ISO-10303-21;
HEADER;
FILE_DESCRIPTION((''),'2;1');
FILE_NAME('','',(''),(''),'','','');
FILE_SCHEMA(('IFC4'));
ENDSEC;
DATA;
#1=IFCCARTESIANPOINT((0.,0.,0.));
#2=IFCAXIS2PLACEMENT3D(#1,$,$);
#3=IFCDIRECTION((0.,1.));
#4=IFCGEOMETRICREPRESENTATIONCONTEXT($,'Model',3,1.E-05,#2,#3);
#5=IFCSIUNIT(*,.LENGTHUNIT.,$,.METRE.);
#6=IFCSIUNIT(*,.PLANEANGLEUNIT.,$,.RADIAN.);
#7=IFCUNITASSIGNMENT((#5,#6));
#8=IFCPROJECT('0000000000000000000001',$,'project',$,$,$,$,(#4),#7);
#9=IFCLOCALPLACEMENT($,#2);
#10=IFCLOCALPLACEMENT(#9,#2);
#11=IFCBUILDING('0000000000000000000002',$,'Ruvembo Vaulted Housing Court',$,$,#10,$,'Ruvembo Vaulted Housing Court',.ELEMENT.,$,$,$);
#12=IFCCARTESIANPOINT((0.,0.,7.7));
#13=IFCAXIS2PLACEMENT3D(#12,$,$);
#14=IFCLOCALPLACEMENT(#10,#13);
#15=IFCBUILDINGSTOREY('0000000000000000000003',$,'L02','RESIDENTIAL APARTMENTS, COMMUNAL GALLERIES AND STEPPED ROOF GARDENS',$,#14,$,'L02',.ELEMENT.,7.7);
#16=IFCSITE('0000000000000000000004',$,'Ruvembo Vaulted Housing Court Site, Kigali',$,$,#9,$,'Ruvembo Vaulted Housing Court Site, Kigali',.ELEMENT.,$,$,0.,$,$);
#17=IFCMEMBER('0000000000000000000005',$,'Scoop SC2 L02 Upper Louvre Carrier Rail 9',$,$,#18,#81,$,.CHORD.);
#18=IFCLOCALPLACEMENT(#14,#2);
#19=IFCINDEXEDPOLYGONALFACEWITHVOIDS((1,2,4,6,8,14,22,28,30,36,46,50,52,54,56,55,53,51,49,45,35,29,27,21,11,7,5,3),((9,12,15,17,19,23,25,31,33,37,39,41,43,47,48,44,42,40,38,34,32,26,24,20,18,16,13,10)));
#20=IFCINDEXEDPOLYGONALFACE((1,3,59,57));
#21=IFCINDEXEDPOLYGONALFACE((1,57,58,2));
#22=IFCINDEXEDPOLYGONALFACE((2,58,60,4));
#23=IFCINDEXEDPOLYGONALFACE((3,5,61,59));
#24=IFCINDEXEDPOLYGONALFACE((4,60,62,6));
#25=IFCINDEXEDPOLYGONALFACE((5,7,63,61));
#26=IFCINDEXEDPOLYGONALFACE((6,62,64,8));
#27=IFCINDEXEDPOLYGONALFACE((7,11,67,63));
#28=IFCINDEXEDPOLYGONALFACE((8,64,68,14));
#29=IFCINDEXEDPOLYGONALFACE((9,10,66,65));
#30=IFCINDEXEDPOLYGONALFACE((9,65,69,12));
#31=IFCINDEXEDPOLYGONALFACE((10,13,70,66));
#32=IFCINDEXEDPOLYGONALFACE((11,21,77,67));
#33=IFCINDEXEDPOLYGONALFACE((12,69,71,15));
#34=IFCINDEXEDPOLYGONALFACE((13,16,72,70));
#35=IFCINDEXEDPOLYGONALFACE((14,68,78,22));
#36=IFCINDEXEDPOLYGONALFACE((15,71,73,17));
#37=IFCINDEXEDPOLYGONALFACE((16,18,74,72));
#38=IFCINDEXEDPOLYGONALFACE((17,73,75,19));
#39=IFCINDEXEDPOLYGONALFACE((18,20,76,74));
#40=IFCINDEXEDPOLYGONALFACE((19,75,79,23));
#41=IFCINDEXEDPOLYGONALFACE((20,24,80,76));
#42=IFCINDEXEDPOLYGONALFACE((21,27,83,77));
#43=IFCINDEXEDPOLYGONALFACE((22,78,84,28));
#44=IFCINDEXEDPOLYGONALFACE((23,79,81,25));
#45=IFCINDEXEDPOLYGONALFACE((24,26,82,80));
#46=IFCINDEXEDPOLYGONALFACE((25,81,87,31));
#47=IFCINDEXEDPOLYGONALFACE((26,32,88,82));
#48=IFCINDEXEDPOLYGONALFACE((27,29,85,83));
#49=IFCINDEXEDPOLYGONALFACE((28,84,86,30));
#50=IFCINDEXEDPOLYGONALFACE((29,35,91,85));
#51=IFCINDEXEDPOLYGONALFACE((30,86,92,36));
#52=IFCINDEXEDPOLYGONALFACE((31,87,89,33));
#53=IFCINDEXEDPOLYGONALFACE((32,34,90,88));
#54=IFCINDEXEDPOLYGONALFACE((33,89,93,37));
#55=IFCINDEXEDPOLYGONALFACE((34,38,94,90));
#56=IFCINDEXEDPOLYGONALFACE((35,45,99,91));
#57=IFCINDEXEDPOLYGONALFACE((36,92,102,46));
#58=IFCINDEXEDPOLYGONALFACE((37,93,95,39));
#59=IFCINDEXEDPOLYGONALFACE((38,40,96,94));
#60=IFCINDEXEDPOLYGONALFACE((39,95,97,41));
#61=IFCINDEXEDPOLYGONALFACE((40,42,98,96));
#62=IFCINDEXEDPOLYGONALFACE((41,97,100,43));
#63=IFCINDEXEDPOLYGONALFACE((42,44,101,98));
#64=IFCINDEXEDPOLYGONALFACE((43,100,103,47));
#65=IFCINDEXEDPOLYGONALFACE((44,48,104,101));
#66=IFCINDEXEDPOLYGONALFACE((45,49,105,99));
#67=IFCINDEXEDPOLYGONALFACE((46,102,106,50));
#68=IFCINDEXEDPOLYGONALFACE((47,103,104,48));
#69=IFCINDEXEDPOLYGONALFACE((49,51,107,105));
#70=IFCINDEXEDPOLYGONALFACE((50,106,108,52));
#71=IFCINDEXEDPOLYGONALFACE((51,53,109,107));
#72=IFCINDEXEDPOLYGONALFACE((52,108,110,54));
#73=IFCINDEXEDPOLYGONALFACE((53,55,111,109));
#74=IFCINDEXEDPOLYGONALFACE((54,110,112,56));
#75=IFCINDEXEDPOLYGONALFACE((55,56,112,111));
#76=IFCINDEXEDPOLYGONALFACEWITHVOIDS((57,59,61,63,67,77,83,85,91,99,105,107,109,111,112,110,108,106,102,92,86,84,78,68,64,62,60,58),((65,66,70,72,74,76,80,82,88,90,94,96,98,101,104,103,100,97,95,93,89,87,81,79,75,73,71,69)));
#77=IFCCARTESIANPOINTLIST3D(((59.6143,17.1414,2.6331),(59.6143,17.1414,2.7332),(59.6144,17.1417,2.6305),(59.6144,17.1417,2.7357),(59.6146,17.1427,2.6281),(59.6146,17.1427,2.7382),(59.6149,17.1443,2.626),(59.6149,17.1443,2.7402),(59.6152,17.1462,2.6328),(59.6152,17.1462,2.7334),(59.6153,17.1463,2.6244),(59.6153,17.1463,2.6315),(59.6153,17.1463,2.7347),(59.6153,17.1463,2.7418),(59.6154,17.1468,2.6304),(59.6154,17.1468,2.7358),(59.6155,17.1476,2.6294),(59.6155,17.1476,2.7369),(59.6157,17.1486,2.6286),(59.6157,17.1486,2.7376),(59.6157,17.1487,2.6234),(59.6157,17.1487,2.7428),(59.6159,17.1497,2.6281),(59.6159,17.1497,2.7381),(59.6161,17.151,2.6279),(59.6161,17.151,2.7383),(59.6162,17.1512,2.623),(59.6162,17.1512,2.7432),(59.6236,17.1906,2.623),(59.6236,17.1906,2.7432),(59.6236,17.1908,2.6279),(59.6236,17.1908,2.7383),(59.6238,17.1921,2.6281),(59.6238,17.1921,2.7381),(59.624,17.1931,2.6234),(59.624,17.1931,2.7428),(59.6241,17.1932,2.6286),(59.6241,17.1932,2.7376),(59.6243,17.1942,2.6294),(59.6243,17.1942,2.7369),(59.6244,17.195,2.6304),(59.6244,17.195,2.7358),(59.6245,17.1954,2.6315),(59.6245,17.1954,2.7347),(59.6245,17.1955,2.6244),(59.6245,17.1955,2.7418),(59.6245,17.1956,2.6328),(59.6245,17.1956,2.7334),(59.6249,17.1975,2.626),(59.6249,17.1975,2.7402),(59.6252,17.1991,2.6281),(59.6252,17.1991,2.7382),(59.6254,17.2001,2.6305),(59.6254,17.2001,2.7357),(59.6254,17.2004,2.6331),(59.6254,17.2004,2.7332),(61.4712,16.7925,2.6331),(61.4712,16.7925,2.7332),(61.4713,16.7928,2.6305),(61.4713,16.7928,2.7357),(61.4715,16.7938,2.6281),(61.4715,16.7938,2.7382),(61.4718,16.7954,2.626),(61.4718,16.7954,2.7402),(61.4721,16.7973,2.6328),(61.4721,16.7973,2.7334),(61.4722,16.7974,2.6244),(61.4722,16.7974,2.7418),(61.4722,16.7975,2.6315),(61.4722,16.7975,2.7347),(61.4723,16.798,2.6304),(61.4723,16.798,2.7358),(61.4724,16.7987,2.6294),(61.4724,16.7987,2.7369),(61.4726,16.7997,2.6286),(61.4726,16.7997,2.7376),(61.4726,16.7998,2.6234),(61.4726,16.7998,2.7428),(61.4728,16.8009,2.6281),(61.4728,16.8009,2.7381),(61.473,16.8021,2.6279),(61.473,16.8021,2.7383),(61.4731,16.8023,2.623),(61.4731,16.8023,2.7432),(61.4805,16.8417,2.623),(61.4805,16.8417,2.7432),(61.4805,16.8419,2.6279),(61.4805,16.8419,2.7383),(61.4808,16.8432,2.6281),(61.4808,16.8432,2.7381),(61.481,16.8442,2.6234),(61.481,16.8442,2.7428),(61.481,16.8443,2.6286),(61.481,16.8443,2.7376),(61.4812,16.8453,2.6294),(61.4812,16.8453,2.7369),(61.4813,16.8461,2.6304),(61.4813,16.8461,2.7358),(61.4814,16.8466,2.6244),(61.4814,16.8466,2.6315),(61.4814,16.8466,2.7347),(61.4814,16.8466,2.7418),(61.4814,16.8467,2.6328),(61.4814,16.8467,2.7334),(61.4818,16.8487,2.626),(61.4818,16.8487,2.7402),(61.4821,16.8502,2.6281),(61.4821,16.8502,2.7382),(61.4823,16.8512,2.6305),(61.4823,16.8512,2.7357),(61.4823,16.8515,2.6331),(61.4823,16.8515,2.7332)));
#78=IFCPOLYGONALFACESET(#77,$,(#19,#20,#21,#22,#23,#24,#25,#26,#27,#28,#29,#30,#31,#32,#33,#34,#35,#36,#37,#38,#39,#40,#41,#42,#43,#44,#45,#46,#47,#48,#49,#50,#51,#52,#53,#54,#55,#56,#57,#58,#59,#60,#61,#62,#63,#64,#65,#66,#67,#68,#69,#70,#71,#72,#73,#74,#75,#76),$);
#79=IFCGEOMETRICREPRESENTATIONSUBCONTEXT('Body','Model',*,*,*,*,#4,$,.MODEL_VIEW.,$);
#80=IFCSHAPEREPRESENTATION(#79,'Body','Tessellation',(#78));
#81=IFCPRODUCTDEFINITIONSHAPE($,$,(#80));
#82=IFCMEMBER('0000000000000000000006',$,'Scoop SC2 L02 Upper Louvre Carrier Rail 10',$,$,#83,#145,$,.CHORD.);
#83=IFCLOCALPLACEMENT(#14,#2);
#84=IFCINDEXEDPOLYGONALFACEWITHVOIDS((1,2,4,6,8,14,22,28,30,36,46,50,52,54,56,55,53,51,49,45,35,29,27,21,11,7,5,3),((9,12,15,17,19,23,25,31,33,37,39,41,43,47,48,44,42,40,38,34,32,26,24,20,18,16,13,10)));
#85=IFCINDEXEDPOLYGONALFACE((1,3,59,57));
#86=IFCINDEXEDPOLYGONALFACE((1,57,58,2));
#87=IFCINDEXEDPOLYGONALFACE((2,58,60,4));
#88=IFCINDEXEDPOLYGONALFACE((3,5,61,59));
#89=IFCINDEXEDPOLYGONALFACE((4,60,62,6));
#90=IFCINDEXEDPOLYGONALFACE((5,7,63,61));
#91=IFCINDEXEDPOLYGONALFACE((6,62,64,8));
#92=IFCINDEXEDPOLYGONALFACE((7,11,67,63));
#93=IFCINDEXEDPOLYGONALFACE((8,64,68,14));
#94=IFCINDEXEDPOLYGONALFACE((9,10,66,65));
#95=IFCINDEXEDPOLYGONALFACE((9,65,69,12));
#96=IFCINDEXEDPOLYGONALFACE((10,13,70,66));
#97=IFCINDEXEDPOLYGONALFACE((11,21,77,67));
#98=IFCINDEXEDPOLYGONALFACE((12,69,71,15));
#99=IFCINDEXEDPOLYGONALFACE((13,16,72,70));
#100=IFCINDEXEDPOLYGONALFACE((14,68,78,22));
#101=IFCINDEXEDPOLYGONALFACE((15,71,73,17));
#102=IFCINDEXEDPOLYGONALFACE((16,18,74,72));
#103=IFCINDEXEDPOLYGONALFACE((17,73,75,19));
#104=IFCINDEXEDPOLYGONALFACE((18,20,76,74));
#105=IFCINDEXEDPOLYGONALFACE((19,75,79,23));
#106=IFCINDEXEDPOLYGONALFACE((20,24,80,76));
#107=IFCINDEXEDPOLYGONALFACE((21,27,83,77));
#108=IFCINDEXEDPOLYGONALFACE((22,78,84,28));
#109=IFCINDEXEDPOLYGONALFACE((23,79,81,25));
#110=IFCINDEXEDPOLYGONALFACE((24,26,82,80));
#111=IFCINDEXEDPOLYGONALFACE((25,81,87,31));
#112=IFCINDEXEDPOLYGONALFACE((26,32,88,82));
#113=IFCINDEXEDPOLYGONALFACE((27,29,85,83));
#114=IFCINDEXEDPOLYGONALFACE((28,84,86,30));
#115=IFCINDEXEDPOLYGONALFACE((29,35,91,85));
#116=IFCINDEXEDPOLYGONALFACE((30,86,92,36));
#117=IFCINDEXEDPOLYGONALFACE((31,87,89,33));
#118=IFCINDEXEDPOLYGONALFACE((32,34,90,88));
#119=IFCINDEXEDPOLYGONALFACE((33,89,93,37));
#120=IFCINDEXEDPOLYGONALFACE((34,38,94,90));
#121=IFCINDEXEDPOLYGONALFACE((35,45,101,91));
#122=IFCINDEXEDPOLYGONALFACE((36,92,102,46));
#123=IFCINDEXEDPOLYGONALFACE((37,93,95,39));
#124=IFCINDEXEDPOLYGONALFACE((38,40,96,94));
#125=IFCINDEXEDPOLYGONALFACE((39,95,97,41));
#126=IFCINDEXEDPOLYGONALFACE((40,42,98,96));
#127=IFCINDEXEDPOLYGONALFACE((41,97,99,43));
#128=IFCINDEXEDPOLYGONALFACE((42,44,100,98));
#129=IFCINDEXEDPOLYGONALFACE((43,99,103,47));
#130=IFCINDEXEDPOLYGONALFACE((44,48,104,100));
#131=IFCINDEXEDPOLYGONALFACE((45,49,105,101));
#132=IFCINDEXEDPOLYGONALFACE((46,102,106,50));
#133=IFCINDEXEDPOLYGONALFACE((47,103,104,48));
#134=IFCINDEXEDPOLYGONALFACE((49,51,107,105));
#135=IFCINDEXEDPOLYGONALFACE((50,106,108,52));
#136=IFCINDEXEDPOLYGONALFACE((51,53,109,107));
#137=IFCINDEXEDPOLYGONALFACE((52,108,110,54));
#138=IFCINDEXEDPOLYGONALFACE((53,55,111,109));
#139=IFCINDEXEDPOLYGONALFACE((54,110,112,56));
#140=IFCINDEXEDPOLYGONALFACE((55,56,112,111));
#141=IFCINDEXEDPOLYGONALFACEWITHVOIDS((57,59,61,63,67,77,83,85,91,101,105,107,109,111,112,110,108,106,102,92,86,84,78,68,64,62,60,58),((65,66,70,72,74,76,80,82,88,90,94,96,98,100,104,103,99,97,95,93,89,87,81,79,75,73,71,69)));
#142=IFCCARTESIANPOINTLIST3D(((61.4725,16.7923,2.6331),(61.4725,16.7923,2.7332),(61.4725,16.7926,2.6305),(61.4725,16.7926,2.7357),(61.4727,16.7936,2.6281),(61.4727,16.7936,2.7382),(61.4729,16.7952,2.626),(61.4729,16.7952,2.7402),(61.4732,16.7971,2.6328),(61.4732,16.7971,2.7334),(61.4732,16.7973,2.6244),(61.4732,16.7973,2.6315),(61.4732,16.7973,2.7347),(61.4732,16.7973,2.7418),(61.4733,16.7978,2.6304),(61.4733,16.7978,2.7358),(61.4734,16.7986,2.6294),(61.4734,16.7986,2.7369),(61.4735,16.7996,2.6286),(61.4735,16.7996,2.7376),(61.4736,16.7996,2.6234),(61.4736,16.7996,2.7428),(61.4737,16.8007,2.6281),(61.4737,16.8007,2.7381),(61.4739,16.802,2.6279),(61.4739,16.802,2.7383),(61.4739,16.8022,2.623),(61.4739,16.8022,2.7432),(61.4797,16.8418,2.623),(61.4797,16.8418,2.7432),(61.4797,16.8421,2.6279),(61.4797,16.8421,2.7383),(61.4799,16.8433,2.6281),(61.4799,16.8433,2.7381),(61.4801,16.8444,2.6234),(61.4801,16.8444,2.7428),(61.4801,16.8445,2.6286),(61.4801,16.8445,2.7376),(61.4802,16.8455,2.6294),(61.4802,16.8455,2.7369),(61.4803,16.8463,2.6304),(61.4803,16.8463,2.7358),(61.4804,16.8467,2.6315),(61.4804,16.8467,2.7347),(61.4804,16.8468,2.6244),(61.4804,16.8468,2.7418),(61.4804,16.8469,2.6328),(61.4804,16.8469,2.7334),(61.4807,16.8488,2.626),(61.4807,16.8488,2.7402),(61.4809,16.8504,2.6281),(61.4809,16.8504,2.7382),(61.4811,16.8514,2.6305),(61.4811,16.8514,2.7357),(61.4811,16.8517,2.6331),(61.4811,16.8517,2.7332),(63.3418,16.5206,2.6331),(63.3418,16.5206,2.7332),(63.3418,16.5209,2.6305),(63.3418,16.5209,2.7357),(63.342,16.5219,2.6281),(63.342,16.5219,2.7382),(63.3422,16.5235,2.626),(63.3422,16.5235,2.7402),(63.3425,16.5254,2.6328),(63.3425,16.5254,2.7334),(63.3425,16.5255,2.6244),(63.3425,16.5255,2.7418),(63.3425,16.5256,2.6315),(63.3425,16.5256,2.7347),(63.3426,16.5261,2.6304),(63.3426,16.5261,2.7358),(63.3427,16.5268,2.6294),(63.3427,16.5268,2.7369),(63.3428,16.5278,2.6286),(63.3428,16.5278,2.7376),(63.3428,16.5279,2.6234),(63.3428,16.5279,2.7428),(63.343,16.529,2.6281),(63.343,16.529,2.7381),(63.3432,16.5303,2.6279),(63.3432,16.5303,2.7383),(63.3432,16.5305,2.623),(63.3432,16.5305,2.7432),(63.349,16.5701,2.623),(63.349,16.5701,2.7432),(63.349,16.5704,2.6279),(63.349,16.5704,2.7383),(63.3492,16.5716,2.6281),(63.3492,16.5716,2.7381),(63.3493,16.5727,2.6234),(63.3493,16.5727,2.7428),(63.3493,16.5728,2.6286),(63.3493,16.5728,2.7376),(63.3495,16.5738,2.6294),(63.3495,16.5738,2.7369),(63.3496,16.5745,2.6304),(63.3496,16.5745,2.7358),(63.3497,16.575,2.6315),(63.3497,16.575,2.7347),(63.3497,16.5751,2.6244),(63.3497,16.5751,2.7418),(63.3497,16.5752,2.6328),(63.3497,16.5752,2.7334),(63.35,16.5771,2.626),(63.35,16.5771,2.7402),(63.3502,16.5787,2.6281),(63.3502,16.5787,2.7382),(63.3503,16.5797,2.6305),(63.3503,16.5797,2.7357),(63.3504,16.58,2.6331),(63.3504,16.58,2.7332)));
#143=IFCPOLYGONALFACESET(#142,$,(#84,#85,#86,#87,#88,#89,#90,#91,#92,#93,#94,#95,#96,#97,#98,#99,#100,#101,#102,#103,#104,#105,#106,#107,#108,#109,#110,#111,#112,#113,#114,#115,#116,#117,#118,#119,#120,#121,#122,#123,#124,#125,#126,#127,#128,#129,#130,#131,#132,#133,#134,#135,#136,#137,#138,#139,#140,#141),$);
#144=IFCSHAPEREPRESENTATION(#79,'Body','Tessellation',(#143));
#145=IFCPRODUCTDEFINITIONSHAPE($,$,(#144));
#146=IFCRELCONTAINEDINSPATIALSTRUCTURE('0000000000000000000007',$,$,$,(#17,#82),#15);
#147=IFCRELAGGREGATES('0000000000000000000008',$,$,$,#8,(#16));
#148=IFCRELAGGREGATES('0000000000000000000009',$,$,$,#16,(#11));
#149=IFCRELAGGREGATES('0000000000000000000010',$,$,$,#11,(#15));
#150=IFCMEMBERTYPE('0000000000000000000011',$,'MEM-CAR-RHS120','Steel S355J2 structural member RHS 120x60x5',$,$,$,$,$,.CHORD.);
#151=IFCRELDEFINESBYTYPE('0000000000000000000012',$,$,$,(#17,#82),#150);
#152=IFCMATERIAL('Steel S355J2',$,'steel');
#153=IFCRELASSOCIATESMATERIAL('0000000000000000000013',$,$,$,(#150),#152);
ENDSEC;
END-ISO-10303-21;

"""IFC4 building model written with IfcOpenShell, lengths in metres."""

from ifc_helpers import new_model, si_unit, direction, frame, origin, origin_2d, place, context, subcontext, project, spatial, hollow_rectangle, extrude, material, material_profile, profile_set, type_object, element, save


model = new_model("IFC4")

# Units and contexts
model_context = context("Model", 3, precision=1e-05, world=origin(), true_north=direction((0.0, 1.0)))
body_context = subcontext(model_context, "Body", "Model", "MODEL_VIEW")
ifc_project = project(units=[si_unit("LENGTHUNIT", "METRE"), si_unit("PLANEANGLEUNIT", "RADIAN")], contexts=[model_context])

# Site, building, storey
site_placement = place(None, origin())
site = spatial("IfcSite", under=ifc_project, at=site_placement, Name="Ruvembo Vaulted Housing Court Site, Kigali", LongName="Ruvembo Vaulted Housing Court Site, Kigali", CompositionType="ELEMENT", RefElevation=0.0)
building_placement = place(site_placement, origin())
building = spatial("IfcBuilding", under=site, at=building_placement, Name="Ruvembo Vaulted Housing Court", LongName="Ruvembo Vaulted Housing Court", CompositionType="ELEMENT")
storey_placement = place(building_placement, frame((0.0, 0.0, 7.7)))
storey = spatial("IfcBuildingStorey", under=building, at=storey_placement, Name="L02", Description="RESIDENTIAL APARTMENTS, COMMUNAL GALLERIES AND STEPPED ROOF GARDENS", LongName="L02", CompositionType="ELEMENT", Elevation=7.7)

# Shared definitions
ifc_material_1 = material(Name="Steel S355J2", Category="steel")

# Members
ifc_material_profile_1 = material_profile(ifc_material_1, hollow_rectangle(XDim=0.0601, YDim=0.1201, WallThickness=0.0049, InnerFilletRadius=0.0049, OuterFilletRadius=0.01, at=origin_2d()), Name="RHS 120x60x5")
ifc_profile_set_1 = profile_set([ifc_material_profile_1], Name="Steel S355J2")
member_type_1 = type_object("IfcMemberType", Name="MEM-CAR-RHS120", Description="Steel S355J2 structural member RHS 120x60x5", PredefinedType="CHORD", material=ifc_profile_set_1)
member_1_placement = place(storey_placement, frame((59.6199, 17.1709, 2.6831), z_axis=(0.982805, -0.184647, 0.0), x_axis=(0.184647, 0.982805, 0.0)))
element("IfcMember", 1, at=member_1_placement, inside=storey, type_object=member_type_1, Name="Scoop SC2 L02 Upper Louvre Carrier Rail 9", PredefinedType="CHORD", context=body_context, shape_type="SweptSolid", body=[
    extrude(hollow_rectangle(XDim=0.0601, YDim=0.1201, WallThickness=0.0049, InnerFilletRadius=0.0049, OuterFilletRadius=0.01, at=origin_2d()), origin(), (0.0, 0.0, 1.0), 1.8894),
])
member_2_placement = place(storey_placement, frame((61.4768, 16.822, 2.6831), z_axis=(0.9896, -0.143845, 0.0), x_axis=(0.143845, 0.9896, 0.0)))
element("IfcMember", 2, at=member_2_placement, inside=storey, type_object=member_type_1, Name="Scoop SC2 L02 Upper Louvre Carrier Rail 10", PredefinedType="CHORD", context=body_context, shape_type="SweptSolid", body=[
    extrude(hollow_rectangle(XDim=0.0601, YDim=0.1201, WallThickness=0.0049, InnerFilletRadius=0.0049, OuterFilletRadius=0.01, at=origin_2d()), origin(), (0.0, 0.0, 1.0), 1.8889),
])

save(model, "model.ifc")
